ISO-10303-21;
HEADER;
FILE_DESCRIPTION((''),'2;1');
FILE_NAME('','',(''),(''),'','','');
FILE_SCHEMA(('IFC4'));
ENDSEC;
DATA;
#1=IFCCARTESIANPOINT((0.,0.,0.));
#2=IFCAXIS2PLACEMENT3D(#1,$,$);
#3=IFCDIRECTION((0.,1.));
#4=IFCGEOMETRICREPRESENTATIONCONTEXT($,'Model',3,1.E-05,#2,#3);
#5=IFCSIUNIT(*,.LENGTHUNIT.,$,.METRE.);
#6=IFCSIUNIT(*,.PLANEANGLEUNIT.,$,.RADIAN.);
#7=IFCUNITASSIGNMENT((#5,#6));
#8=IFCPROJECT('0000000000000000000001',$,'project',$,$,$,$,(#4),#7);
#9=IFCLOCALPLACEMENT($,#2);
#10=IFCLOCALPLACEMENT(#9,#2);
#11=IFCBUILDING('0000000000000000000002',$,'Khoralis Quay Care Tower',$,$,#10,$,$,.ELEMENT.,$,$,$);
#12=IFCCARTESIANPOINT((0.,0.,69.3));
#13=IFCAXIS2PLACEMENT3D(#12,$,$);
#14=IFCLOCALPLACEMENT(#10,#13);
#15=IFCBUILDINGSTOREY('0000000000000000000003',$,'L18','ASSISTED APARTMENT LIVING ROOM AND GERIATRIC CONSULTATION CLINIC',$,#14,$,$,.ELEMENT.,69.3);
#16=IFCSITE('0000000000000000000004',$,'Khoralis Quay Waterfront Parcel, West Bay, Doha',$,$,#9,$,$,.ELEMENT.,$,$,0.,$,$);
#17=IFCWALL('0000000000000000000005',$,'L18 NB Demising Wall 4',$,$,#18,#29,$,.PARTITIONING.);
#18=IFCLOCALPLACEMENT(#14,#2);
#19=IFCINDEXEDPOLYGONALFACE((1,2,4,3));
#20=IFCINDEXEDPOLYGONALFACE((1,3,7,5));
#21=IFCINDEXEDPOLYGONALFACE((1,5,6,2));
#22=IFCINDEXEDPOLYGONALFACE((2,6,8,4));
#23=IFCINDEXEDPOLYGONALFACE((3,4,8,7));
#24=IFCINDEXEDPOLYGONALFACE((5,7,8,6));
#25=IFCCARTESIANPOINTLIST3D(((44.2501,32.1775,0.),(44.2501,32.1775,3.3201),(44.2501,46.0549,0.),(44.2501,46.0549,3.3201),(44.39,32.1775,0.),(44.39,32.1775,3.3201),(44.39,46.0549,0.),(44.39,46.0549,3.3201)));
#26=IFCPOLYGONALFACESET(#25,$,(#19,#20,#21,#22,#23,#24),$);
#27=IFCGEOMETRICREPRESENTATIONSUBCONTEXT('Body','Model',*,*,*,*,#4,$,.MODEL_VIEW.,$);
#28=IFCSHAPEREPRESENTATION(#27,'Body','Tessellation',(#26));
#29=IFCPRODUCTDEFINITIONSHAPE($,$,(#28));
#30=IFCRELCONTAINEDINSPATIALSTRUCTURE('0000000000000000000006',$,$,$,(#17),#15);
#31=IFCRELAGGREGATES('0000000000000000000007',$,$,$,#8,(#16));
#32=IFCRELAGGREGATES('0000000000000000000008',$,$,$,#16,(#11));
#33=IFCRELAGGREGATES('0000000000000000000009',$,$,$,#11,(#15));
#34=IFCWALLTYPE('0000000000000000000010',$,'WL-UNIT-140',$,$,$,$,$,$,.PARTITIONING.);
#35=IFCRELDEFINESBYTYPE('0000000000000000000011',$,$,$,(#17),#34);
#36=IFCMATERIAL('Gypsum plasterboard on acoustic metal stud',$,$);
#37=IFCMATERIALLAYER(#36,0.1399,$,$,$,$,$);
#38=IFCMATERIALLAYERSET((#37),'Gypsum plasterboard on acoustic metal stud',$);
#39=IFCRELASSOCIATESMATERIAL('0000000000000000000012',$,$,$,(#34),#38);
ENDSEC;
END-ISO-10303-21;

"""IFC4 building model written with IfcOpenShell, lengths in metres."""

from ifc_helpers import new_model, si_unit, direction, frame, frame_2d, origin, place, context, subcontext, project, spatial, rectangle, extrude, material, layer, layer_set, type_object, element, save


model = new_model("IFC4")

# Units and contexts
model_context = context("Model", 3, precision=1e-05, world=origin(), true_north=direction((0.0, 1.0)))
body_context = subcontext(model_context, "Body", "Model", "MODEL_VIEW")
ifc_project = project(units=[si_unit("LENGTHUNIT", "METRE"), si_unit("PLANEANGLEUNIT", "RADIAN")], contexts=[model_context])

# Site, building, storey
site_placement = place(None, origin())
site = spatial("IfcSite", under=ifc_project, at=site_placement, Name="Khoralis Quay Waterfront Parcel, West Bay, Doha", CompositionType="ELEMENT", RefElevation=0.0)
building_placement = place(site_placement, origin())
building = spatial("IfcBuilding", under=site, at=building_placement, Name="Khoralis Quay Care Tower", CompositionType="ELEMENT")
storey_placement = place(building_placement, frame((0.0, 0.0, 69.3)))
storey = spatial("IfcBuildingStorey", under=building, at=storey_placement, Name="L18", Description="ASSISTED APARTMENT LIVING ROOM AND GERIATRIC CONSULTATION CLINIC", CompositionType="ELEMENT", Elevation=69.3)

# Wall
ifc_material_1 = material(Name="Gypsum plasterboard on acoustic metal stud")
ifc_layer_1 = layer(ifc_material_1, 0.1399)
ifc_layer_set_1 = layer_set([ifc_layer_1], Name="Gypsum plasterboard on acoustic metal stud")
wall_type_1 = type_object("IfcWallType", Name="WL-UNIT-140", PredefinedType="PARTITIONING", material=ifc_layer_set_1)
wall_1_placement = place(storey_placement, frame((44.3201, 32.1775, 0.0), z_axis=(0.0, 0.0, 1.0), x_axis=(0.0, 1.0, 0.0)))
element("IfcWall", 1, at=wall_1_placement, inside=storey, type_object=wall_type_1, Name="L18 NB Demising Wall 4", PredefinedType="PARTITIONING", context=body_context, shape_type="SweptSolid", body=[
    extrude(rectangle(XDim=13.8774, YDim=0.1399, at=frame_2d((6.9387, 0.0))), origin(), (0.0, 0.0, 1.0), 3.3201),
])

save(model, "model.ifc")
